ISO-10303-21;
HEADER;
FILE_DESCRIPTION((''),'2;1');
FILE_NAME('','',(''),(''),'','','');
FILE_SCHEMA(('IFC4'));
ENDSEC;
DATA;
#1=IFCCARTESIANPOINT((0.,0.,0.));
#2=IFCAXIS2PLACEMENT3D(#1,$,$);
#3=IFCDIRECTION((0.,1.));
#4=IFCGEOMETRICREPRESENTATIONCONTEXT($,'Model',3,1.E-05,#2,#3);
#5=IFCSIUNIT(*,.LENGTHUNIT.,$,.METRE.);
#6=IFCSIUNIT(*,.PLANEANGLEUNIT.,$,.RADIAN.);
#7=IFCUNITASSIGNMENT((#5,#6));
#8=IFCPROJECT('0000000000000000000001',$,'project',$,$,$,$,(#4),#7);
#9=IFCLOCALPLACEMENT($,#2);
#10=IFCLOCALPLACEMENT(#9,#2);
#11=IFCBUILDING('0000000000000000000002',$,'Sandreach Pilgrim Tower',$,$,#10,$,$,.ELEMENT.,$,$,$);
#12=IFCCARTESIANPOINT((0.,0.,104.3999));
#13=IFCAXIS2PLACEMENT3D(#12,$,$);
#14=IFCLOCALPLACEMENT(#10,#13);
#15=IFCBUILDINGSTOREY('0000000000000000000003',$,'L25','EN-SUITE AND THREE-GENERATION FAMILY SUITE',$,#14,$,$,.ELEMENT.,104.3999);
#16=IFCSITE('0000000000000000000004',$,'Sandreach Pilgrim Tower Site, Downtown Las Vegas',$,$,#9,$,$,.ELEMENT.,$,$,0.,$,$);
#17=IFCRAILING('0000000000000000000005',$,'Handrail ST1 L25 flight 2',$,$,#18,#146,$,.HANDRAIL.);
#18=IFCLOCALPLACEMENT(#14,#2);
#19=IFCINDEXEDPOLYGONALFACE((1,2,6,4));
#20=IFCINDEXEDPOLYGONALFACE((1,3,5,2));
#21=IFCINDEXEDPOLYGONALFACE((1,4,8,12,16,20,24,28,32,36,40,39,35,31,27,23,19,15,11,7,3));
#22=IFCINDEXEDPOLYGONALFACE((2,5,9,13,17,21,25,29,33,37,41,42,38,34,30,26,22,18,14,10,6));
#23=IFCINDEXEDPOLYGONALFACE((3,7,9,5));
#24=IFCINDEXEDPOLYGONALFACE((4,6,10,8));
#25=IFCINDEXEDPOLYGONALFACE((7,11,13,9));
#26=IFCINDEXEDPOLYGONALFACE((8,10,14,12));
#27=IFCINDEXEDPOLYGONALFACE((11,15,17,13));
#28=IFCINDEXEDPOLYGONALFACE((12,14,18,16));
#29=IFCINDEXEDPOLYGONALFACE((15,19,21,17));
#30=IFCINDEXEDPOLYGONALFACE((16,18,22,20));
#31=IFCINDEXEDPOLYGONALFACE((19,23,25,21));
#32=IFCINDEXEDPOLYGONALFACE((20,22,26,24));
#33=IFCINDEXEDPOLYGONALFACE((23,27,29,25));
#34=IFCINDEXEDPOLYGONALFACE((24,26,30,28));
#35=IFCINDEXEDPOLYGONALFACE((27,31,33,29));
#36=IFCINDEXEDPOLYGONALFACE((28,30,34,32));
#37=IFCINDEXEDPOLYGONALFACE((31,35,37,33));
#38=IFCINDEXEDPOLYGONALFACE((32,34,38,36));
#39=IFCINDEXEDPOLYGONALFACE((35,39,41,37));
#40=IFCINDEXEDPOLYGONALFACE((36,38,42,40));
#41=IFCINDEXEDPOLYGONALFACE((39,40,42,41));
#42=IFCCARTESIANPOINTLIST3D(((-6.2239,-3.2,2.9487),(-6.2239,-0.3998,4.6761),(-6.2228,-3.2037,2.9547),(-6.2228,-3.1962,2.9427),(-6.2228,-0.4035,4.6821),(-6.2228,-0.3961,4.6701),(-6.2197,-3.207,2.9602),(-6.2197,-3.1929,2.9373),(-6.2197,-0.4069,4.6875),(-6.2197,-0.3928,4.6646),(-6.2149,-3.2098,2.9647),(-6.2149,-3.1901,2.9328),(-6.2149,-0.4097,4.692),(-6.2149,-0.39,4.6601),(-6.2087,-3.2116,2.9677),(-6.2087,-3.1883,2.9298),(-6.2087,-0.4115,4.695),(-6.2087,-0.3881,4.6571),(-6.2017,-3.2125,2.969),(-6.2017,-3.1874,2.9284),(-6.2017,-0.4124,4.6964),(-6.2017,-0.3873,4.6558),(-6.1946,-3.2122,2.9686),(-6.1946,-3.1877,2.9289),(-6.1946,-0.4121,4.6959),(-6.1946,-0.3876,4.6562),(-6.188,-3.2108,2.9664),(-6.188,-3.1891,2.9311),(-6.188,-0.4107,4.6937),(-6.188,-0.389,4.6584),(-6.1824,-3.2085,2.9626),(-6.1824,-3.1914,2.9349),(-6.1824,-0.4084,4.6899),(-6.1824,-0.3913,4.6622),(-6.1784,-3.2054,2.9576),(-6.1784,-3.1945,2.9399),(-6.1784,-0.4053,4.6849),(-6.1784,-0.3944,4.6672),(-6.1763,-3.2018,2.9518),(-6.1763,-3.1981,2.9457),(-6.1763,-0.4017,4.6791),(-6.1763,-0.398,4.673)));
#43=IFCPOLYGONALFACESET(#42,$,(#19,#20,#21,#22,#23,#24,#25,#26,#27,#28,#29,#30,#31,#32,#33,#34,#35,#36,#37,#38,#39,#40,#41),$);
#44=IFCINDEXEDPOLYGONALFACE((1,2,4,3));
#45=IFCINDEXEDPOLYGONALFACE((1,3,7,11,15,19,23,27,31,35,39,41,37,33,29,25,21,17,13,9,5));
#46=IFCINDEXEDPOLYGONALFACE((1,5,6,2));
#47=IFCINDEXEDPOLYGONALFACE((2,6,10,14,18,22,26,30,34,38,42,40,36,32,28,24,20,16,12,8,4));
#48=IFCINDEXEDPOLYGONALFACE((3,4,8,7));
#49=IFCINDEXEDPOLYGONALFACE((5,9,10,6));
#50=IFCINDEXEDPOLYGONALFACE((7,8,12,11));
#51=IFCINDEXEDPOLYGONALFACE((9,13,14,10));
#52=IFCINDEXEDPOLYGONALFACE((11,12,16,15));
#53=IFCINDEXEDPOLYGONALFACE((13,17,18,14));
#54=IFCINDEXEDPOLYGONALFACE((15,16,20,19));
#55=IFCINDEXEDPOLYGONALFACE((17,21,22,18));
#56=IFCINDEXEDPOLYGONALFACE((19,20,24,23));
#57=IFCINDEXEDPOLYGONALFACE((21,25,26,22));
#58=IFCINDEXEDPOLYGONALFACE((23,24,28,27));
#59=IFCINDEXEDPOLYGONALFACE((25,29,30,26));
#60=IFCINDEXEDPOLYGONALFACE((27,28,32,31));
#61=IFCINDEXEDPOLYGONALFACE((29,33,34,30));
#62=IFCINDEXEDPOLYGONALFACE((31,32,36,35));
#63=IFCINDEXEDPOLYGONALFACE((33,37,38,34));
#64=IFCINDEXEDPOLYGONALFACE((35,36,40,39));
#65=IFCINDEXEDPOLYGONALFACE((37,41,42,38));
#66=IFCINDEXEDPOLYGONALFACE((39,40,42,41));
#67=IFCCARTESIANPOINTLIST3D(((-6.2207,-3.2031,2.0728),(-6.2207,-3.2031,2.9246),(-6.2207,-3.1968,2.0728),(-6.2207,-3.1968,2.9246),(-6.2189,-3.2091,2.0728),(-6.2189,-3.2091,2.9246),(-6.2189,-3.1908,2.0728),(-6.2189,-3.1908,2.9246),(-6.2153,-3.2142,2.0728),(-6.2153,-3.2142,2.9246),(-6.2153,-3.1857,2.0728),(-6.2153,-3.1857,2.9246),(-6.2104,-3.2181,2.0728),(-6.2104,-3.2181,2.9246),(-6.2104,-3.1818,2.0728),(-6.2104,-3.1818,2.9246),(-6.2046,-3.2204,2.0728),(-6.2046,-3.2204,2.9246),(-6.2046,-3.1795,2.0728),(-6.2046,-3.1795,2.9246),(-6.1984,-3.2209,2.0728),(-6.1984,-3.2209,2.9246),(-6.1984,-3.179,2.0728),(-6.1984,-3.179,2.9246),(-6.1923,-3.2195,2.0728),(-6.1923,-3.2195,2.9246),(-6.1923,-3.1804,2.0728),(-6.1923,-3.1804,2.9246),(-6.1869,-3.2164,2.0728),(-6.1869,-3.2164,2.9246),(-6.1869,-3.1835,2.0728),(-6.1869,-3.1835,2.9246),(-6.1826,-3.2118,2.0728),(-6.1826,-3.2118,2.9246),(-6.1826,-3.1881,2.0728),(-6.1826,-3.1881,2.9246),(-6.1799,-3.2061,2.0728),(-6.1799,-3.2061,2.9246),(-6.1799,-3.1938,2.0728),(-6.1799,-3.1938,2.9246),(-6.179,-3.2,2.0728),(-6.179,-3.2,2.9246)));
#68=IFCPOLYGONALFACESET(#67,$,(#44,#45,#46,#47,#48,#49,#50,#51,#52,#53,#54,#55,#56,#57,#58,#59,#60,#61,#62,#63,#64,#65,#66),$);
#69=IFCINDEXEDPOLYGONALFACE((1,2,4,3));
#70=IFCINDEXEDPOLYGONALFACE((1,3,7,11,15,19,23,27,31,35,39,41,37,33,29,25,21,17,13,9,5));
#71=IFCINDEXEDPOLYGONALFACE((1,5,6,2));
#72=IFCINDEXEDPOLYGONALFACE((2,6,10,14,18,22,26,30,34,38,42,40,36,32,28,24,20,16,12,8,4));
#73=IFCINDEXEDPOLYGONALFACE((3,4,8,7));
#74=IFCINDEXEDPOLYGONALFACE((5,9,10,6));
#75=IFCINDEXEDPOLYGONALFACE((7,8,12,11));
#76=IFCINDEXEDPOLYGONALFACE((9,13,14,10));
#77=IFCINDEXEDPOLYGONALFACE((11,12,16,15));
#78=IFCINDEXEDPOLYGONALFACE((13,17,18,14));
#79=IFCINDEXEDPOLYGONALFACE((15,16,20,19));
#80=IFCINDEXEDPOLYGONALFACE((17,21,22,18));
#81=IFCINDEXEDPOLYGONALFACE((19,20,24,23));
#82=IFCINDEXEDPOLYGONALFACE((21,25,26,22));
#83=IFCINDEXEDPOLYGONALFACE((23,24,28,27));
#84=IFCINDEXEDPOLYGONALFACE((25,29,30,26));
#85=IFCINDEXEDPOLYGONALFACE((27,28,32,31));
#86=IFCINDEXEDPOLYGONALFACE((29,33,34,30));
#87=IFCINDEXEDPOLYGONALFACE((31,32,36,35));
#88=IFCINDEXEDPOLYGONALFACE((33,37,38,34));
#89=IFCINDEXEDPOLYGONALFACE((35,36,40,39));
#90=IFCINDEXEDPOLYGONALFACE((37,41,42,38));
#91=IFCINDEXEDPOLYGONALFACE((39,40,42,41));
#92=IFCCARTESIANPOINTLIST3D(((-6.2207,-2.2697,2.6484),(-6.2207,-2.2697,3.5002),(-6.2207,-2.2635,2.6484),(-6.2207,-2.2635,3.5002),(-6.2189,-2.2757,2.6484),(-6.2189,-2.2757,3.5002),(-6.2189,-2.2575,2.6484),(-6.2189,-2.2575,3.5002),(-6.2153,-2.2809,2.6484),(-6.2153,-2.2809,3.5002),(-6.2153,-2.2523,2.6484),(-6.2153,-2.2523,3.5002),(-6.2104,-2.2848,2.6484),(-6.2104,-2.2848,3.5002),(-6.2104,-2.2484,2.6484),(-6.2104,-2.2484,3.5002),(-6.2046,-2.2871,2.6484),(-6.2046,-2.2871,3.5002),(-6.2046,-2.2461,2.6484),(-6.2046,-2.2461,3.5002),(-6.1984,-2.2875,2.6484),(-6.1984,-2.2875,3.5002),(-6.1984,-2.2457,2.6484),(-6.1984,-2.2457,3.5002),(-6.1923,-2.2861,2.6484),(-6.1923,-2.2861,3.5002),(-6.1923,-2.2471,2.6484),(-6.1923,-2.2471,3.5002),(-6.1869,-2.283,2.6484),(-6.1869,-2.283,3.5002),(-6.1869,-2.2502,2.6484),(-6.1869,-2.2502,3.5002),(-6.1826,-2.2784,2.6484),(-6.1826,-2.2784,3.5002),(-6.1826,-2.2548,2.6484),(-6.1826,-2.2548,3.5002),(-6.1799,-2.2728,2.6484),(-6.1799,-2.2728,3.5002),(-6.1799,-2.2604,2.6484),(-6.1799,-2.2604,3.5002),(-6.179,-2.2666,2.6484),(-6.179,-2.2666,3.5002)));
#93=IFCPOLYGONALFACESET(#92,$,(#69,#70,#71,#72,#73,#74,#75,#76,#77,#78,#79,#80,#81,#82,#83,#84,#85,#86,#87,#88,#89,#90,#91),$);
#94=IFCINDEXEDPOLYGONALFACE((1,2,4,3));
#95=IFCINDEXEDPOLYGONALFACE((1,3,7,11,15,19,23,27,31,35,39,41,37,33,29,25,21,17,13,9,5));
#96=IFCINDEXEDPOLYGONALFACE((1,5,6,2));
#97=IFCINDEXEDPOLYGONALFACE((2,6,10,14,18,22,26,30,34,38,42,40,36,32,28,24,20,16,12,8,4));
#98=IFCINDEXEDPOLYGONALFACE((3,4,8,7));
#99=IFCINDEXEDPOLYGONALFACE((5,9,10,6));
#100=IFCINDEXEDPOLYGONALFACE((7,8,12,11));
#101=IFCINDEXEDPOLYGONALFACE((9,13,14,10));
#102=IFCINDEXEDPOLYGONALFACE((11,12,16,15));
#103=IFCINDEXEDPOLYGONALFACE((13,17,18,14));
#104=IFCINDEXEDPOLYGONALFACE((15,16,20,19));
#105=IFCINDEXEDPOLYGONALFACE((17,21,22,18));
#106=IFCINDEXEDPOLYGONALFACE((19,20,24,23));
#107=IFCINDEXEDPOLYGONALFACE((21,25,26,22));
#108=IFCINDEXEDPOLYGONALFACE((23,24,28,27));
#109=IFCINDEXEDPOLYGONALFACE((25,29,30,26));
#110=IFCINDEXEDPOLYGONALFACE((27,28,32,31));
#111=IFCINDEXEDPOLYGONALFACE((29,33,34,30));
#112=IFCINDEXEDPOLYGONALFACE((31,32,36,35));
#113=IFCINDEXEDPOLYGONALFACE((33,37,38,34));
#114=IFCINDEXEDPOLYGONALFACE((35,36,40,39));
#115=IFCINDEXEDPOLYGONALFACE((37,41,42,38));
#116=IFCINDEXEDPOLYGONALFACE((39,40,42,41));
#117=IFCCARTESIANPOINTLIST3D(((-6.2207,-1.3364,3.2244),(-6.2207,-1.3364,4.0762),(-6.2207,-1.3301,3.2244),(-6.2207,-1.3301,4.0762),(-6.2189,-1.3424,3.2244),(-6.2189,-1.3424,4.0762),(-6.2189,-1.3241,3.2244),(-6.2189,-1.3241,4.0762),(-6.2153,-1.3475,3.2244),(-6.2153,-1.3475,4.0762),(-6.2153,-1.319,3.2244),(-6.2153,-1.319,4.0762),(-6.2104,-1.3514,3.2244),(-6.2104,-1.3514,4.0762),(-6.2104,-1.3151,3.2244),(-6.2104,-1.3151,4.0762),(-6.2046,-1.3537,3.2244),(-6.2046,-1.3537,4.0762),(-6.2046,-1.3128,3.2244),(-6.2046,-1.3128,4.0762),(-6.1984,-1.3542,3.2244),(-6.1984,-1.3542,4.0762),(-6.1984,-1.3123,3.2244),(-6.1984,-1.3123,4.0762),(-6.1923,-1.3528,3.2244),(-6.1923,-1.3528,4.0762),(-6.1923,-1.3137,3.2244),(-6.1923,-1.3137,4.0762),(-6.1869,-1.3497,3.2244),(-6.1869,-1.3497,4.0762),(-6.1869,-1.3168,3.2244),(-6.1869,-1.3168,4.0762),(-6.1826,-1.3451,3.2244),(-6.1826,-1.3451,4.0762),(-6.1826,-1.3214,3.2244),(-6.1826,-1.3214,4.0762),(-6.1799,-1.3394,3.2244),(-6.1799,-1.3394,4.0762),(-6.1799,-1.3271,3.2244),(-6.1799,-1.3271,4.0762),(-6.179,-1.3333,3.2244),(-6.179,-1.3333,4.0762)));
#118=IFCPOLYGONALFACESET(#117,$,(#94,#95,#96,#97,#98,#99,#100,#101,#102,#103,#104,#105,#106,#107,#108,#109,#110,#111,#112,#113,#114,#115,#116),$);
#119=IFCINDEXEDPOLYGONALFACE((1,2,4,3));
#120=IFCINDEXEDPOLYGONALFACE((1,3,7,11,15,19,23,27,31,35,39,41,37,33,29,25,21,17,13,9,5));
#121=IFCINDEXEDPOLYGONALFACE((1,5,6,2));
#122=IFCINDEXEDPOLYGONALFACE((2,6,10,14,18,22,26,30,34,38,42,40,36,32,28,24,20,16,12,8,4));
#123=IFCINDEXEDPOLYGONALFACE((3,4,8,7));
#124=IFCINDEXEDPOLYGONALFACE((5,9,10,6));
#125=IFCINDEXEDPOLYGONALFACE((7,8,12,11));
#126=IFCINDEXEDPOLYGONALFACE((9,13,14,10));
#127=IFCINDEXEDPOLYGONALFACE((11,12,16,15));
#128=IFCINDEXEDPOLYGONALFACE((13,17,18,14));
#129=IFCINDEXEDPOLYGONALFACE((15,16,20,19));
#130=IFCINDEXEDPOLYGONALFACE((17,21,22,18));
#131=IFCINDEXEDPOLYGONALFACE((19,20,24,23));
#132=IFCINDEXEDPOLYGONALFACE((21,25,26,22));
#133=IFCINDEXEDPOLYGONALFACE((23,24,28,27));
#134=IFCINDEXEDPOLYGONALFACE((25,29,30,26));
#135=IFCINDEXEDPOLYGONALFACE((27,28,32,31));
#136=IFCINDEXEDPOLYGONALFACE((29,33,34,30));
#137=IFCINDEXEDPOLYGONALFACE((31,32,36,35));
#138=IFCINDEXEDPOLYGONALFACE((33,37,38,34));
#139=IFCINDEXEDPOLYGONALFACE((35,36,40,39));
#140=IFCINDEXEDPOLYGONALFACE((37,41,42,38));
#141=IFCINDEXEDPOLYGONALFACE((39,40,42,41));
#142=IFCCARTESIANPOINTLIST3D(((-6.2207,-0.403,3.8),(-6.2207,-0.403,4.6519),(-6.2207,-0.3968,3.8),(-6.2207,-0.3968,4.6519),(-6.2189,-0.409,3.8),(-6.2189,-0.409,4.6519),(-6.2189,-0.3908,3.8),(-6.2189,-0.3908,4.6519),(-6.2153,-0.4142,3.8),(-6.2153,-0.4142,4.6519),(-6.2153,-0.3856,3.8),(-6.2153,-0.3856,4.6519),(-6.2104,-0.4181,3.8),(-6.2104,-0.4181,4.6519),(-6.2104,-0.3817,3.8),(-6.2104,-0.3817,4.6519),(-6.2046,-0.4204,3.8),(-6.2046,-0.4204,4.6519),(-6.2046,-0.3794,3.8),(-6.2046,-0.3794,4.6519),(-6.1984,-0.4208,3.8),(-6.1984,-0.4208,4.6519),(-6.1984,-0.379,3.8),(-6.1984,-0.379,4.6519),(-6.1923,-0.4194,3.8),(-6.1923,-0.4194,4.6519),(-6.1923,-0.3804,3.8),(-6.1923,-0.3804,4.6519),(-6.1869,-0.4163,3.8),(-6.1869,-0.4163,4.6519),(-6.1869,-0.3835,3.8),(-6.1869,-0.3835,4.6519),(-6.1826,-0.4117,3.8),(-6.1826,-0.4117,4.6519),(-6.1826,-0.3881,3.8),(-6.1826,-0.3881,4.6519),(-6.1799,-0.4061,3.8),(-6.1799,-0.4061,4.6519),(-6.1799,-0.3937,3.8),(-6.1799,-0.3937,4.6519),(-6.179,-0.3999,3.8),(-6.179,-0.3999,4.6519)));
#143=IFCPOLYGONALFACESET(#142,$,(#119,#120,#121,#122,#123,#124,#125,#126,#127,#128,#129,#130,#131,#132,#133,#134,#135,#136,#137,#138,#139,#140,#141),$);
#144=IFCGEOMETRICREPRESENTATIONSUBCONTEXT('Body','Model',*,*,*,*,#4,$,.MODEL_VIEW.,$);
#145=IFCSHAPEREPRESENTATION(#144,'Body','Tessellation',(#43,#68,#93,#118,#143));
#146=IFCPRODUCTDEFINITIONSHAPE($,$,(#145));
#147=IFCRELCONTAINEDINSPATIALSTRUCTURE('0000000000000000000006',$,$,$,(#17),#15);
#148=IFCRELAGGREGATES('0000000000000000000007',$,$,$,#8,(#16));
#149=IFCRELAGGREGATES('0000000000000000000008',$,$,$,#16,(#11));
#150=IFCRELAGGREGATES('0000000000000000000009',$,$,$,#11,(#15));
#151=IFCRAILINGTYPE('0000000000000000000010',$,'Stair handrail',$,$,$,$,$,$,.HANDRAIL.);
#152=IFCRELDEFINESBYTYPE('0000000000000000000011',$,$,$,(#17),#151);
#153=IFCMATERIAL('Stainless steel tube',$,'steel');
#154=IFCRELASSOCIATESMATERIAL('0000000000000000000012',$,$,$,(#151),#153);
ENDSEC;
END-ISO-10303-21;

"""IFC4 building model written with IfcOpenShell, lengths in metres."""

from ifc_helpers import new_model, si_unit, direction, frame, origin, origin_2d, place, context, subcontext, project, spatial, circle, extrude, material, type_object, element, save


model = new_model("IFC4")

# Units and contexts
model_context = context("Model", 3, precision=1e-05, world=origin(), true_north=direction((0.0, 1.0)))
body_context = subcontext(model_context, "Body", "Model", "MODEL_VIEW")
ifc_project = project(units=[si_unit("LENGTHUNIT", "METRE"), si_unit("PLANEANGLEUNIT", "RADIAN")], contexts=[model_context])

# Site, building, storey
site_placement = place(None, origin())
site = spatial("IfcSite", under=ifc_project, at=site_placement, Name="Sandreach Pilgrim Tower Site, Downtown Las Vegas", CompositionType="ELEMENT", RefElevation=0.0)
building_placement = place(site_placement, origin())
building = spatial("IfcBuilding", under=site, at=building_placement, Name="Sandreach Pilgrim Tower", CompositionType="ELEMENT")
storey_placement = place(building_placement, frame((0.0, 0.0, 104.3999)))
storey = spatial("IfcBuildingStorey", under=building, at=storey_placement, Name="L25", Description="EN-SUITE AND THREE-GENERATION FAMILY SUITE", CompositionType="ELEMENT", Elevation=104.3999)

# Railing
ifc_material_1 = material(Name="Stainless steel tube", Category="steel")
railing_type = type_object("IfcRailingType", Name="Stair handrail", PredefinedType="HANDRAIL", material=ifc_material_1)
for number, where, name in (
    (1, (-6.2, -3.2, 2.0728), "Handrail ST1 L25 flight 2"),
):
    element("IfcRailing", number, at=place(storey_placement, frame(where)), inside=storey, type_object=railing_type, Name=name, PredefinedType="HANDRAIL", context=body_context, shape_type="SweptSolid", body=[
        extrude(circle(Radius=0.0239, at=origin_2d()), frame((0.0, 0.0, 0.876), z_axis=(0.0, 0.85109, 0.52502), x_axis=(-1.0, 0.0, 0.0)), (0.0, 0.0, 1.0), 3.29),
        extrude(circle(Radius=0.021, at=origin_2d()), origin(), (0.0, 0.0, 1.0), 0.8518),
        extrude(circle(Radius=0.021, at=origin_2d()), frame((0.0, 0.9333, 0.5757)), (0.0, 0.0, 1.0), 0.8518),
        extrude(circle(Radius=0.021, at=origin_2d()), frame((0.0, 1.8667, 1.1516)), (0.0, 0.0, 1.0), 0.8518),
        extrude(circle(Radius=0.021, at=origin_2d()), frame((0.0, 2.8, 1.7273)), (0.0, 0.0, 1.0), 0.8518),
    ])

save(model, "model.ifc")
